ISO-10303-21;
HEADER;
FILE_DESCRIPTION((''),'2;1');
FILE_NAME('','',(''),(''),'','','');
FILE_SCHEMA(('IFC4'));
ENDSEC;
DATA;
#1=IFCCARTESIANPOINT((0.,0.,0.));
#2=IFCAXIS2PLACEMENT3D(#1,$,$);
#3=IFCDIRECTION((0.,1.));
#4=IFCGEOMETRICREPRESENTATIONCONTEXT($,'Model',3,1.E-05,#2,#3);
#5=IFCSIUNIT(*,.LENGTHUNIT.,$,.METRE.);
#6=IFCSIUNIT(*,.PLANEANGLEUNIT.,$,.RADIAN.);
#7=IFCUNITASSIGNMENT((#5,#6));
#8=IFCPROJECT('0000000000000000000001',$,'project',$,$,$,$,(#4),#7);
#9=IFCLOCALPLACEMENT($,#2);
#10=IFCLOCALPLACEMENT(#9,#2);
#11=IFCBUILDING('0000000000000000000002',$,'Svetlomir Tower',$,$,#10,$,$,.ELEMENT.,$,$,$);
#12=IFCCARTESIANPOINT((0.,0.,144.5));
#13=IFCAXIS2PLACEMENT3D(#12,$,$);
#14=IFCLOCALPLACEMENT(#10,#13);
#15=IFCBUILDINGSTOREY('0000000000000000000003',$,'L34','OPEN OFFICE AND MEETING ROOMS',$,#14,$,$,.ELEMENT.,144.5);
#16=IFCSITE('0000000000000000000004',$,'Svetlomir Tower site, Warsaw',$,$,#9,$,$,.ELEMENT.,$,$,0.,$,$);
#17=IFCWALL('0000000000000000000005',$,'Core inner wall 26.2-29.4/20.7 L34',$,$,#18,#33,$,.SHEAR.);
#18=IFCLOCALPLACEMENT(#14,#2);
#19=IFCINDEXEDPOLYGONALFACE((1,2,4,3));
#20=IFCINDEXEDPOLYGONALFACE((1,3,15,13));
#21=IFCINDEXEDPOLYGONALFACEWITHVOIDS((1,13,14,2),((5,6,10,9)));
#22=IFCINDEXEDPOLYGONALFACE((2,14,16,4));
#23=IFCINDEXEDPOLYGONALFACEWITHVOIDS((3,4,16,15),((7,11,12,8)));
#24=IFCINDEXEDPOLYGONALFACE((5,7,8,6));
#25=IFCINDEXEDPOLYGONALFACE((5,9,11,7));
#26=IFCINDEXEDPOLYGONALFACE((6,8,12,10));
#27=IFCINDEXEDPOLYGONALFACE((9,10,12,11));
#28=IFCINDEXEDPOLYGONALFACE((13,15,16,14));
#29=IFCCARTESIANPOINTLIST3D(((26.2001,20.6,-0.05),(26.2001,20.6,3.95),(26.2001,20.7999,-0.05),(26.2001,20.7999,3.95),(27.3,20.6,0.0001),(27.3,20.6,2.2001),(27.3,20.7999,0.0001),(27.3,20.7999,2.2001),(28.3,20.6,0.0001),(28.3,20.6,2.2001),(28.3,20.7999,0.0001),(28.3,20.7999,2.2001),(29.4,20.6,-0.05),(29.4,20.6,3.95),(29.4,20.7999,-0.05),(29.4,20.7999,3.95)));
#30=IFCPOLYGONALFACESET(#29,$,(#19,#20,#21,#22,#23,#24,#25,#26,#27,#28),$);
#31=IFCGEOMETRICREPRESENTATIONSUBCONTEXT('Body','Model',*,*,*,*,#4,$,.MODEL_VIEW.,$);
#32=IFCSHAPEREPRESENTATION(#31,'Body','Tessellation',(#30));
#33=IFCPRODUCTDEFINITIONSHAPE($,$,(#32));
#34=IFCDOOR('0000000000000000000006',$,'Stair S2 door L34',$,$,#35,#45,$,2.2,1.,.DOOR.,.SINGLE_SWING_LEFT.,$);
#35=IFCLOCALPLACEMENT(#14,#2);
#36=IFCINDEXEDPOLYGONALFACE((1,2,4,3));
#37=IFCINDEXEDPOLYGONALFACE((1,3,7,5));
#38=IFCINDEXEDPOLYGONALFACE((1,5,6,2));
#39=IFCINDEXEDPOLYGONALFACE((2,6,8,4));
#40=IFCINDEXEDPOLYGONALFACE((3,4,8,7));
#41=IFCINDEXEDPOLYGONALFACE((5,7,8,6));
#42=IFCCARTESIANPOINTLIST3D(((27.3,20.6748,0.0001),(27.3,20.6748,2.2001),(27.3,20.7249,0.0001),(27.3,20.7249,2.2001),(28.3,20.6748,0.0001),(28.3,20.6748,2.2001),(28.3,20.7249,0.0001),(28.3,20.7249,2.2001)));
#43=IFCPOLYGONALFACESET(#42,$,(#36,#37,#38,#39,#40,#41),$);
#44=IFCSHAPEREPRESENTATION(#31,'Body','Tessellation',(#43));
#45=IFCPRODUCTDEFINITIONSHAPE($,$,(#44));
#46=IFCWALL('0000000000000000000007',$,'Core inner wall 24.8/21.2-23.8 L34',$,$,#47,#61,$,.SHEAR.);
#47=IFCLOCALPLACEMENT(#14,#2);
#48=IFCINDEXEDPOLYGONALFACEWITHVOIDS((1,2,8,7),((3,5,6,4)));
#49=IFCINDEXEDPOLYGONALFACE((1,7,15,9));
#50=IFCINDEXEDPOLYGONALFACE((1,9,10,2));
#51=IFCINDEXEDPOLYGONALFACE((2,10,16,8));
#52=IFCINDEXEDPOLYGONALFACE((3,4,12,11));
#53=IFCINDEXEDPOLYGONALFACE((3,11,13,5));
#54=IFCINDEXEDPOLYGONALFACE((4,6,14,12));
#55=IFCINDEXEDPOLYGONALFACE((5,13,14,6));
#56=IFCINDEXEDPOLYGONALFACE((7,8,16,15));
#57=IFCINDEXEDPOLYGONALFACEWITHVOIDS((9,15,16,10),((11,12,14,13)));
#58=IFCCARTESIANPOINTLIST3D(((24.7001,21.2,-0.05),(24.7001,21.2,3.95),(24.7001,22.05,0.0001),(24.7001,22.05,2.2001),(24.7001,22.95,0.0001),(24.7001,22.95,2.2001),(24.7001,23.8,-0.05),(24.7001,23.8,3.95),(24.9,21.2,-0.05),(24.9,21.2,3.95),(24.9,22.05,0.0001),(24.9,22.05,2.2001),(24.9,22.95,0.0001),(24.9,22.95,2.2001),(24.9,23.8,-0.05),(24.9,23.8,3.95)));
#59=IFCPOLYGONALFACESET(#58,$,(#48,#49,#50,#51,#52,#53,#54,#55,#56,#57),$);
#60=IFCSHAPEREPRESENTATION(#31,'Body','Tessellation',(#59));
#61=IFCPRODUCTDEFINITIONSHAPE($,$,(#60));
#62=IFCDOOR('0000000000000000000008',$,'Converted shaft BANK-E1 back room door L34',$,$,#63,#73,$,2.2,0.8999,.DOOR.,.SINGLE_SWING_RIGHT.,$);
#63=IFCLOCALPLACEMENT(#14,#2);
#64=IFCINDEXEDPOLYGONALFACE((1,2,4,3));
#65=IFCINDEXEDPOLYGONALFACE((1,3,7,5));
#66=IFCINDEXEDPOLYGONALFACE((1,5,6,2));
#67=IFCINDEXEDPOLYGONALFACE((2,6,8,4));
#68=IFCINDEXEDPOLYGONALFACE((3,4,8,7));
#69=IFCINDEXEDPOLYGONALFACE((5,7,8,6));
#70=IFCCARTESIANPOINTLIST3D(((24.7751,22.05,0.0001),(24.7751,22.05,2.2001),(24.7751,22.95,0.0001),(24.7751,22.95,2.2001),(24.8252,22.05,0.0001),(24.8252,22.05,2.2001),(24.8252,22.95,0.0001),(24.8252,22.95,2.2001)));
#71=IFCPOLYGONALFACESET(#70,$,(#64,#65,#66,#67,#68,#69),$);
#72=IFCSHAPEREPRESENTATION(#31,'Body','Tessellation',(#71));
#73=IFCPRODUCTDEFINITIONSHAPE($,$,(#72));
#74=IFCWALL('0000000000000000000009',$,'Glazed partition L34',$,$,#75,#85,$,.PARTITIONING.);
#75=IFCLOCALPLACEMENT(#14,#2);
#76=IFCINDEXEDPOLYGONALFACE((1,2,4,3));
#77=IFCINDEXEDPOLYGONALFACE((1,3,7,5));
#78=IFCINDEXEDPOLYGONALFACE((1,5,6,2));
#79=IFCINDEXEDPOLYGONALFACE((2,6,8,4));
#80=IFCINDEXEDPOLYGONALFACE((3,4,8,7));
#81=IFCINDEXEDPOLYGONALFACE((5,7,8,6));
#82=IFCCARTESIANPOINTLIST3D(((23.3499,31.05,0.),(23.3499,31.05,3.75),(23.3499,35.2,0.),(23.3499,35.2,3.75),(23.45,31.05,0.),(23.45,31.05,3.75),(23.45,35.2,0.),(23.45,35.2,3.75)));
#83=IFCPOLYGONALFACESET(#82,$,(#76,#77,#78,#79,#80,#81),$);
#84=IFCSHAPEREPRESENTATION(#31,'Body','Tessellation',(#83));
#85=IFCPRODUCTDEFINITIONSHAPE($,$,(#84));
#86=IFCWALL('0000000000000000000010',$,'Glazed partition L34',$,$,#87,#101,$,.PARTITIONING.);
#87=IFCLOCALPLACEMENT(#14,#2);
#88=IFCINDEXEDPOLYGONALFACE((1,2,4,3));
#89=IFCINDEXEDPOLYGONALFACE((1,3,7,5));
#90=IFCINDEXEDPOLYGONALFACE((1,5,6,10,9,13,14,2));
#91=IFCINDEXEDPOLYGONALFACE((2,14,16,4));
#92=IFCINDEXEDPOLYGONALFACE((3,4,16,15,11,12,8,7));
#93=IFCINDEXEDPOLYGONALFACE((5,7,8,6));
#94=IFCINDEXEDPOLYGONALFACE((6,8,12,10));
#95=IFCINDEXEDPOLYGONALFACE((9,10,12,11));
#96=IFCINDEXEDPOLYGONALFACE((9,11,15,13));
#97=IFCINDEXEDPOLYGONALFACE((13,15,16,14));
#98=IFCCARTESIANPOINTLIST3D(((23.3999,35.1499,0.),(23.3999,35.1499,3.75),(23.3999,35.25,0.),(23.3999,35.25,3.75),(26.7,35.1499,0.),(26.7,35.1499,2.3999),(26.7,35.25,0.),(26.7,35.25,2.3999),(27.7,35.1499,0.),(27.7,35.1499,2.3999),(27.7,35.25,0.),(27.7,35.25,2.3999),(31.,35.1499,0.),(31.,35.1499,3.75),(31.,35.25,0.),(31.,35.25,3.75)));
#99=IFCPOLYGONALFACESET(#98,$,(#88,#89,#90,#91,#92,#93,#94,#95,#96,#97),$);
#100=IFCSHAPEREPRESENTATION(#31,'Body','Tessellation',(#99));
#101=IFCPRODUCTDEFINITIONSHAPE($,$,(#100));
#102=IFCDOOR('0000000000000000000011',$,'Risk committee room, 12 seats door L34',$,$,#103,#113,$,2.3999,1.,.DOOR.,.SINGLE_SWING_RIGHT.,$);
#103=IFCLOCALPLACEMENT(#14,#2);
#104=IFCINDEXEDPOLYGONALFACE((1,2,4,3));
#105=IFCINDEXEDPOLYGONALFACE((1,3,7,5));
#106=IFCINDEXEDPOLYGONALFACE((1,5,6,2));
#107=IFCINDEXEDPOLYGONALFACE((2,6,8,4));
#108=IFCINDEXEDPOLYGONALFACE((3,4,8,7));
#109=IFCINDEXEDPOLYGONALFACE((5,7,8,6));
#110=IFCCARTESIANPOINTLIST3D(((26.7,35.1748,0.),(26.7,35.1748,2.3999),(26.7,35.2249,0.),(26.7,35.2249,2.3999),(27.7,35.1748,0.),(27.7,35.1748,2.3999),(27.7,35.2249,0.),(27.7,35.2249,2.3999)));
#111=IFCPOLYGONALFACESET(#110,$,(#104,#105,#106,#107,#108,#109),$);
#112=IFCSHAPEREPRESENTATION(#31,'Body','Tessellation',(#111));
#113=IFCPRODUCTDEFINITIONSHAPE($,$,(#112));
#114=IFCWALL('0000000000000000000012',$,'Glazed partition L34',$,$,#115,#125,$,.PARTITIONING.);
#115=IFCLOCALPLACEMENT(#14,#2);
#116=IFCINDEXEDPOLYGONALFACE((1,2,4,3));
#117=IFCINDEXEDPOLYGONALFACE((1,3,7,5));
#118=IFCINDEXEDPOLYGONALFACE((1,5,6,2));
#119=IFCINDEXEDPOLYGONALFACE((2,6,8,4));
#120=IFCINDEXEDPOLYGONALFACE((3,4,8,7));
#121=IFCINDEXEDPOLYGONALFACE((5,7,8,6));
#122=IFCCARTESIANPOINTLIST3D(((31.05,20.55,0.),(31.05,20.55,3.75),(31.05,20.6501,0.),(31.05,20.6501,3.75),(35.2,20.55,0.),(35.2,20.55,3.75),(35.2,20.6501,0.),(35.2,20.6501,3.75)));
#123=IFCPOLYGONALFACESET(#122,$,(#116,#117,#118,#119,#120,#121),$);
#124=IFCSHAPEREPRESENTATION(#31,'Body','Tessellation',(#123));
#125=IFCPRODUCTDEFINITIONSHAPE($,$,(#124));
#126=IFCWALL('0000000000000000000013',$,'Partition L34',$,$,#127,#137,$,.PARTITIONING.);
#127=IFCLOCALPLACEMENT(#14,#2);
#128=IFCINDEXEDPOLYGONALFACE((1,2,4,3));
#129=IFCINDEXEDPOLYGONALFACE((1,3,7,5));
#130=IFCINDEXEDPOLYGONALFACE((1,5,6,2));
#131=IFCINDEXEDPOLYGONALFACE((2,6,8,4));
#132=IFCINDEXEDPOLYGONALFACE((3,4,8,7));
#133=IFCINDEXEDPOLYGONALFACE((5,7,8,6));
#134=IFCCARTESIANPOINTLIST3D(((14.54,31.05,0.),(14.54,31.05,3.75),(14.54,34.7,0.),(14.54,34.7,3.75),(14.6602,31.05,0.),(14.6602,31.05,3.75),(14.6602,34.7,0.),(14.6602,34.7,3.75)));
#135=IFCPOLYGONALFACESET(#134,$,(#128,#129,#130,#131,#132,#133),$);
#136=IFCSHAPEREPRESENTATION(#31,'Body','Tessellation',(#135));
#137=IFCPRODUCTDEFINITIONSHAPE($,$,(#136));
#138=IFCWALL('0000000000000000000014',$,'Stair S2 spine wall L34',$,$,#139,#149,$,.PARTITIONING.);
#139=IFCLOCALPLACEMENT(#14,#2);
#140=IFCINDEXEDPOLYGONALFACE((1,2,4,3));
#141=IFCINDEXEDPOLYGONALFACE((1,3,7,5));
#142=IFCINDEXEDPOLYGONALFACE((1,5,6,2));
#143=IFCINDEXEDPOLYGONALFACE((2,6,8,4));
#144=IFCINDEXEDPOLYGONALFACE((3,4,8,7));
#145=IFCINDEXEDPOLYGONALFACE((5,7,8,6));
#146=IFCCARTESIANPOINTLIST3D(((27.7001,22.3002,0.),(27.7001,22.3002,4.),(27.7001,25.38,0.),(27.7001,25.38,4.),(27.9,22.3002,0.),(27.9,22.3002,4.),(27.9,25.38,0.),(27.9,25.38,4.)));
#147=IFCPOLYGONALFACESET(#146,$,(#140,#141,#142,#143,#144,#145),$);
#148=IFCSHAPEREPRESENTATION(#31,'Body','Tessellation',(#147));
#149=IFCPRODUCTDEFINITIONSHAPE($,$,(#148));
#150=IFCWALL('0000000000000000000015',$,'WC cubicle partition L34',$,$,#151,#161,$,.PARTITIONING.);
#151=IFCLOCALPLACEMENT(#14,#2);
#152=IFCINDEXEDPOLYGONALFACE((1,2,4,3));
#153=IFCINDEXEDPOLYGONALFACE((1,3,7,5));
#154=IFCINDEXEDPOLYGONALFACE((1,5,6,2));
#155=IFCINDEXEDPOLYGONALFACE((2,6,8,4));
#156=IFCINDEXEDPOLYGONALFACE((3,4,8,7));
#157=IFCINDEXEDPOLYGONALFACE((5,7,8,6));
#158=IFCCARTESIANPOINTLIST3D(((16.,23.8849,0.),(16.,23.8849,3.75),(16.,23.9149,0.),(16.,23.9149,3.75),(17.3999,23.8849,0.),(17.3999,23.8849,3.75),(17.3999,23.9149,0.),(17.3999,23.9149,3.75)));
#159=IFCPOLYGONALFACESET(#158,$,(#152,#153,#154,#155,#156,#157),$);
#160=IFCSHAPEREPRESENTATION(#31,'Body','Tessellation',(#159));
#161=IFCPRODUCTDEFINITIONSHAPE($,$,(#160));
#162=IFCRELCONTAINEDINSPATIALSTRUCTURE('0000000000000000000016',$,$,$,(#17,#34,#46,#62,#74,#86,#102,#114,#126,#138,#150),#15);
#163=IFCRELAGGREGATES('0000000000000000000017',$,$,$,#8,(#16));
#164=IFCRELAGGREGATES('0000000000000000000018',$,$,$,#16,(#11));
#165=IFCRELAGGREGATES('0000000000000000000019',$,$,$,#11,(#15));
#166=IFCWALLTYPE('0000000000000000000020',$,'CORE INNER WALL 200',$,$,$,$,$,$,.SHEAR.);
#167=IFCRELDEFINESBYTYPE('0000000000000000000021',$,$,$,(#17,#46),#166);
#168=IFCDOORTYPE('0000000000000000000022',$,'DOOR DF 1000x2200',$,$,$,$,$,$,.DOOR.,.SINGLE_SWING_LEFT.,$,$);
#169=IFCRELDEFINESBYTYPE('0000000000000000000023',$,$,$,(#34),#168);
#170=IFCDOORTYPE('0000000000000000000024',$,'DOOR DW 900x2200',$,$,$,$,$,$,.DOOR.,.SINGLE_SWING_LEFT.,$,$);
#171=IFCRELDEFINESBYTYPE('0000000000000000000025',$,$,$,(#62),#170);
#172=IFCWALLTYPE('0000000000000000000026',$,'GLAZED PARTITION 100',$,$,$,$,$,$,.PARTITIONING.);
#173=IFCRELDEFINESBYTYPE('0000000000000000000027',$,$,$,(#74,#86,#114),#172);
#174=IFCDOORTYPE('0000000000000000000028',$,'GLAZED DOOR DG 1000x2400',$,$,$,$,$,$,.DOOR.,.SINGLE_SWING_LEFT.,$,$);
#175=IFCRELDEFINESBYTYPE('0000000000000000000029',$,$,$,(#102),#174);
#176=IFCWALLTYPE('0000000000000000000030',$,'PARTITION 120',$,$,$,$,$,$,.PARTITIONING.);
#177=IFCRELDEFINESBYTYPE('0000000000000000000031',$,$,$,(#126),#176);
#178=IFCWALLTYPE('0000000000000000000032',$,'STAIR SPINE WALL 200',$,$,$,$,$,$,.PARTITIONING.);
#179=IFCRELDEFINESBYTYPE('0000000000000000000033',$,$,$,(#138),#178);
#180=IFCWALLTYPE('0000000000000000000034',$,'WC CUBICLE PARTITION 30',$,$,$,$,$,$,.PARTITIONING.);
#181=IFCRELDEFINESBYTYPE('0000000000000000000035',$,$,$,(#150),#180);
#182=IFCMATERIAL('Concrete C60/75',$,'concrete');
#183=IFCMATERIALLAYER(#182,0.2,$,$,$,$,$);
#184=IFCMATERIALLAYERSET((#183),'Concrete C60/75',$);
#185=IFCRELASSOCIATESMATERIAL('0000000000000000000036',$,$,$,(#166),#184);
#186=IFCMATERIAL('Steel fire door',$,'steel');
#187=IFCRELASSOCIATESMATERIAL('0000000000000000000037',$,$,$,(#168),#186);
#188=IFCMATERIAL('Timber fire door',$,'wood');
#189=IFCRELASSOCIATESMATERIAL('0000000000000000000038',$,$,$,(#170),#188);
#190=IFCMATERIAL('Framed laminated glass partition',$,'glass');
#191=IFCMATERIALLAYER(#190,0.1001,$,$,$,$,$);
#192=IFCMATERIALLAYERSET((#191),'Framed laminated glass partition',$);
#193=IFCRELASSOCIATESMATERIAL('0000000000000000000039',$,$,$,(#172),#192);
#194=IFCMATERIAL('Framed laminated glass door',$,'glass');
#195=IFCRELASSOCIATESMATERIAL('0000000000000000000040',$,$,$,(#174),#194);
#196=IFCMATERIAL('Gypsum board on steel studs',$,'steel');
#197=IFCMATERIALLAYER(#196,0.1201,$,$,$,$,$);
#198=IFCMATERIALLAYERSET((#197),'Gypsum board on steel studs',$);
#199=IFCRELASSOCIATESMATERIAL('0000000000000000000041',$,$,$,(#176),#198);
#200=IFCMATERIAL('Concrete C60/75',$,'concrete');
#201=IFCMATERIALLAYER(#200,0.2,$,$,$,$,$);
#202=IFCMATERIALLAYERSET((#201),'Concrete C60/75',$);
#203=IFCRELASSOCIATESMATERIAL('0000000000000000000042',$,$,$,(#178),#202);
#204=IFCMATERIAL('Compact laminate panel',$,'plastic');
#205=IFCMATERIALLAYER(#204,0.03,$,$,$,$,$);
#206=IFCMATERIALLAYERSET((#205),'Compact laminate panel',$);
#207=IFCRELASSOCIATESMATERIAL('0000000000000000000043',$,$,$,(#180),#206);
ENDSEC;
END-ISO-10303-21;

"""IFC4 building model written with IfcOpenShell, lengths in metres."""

from ifc_helpers import new_model, si_unit, direction, frame, frame_2d, origin, place, context, subcontext, project, spatial, rectangle, extrude, material, layer, layer_set, type_object, element, fill, save


model = new_model("IFC4")

# Units and contexts
model_context = context("Model", 3, precision=1e-05, world=origin(), true_north=direction((0.0, 1.0)))
body_context = subcontext(model_context, "Body", "Model", "MODEL_VIEW")
ifc_project = project(units=[si_unit("LENGTHUNIT", "METRE"), si_unit("PLANEANGLEUNIT", "RADIAN")], contexts=[model_context])

# Site, building, storey
site_placement = place(None, origin())
site = spatial("IfcSite", under=ifc_project, at=site_placement, Name="Svetlomir Tower site, Warsaw", CompositionType="ELEMENT", RefElevation=0.0)
building_placement = place(site_placement, origin())
building = spatial("IfcBuilding", under=site, at=building_placement, Name="Svetlomir Tower", CompositionType="ELEMENT")
storey_placement = place(building_placement, frame((0.0, 0.0, 144.5)))
storey = spatial("IfcBuildingStorey", under=building, at=storey_placement, Name="L34", Description="OPEN OFFICE AND MEETING ROOMS", CompositionType="ELEMENT", Elevation=144.5)

# Shared definitions
ifc_material_1 = material(Name="Concrete C60/75", Category="concrete")
ifc_layer_1 = layer(ifc_material_1, 0.2)
ifc_layer_set_1 = layer_set([ifc_layer_1], Name="Concrete C60/75")
wall_type_1 = type_object("IfcWallType", Name="CORE INNER WALL 200", PredefinedType="SHEAR", material=ifc_layer_set_1)

# Walls, openings, doors
wall_1_placement = place(storey_placement, frame((26.2, 20.7, -0.05), z_axis=(0.0, 0.0, 1.0), x_axis=(1.0, 0.0, 0.0)))
wall_1 = element("IfcWall", 1, at=wall_1_placement, inside=storey, type_object=wall_type_1, Name="Core inner wall 26.2-29.4/20.7 L34", PredefinedType="SHEAR", context=body_context, shape_type="SweptSolid", body=[
    extrude(rectangle(XDim=3.2, YDim=0.2, at=frame_2d((1.6001, 0.0))), origin(), (0.0, 0.0, 1.0), 4.0),
])
opening_1_placement = place(wall_1_placement, frame((1.1001, 0.0, 0.05)))
opening_1 = element("IfcOpeningElement", 2, at=opening_1_placement, cuts=wall_1, PredefinedType="OPENING", context=body_context, shape_type="SweptSolid", body=[
    extrude(rectangle(XDim=1.0, YDim=2.2, at=frame_2d((0.5, 1.1001))), frame((0.0, 0.1099, 0.0), z_axis=(0.0, -1.0, 0.0), x_axis=(1.0, 0.0, 0.0)), (0.0, 0.0, 1.0), 0.22),
])
ifc_material_2 = material(Name="Steel fire door", Category="steel")
door_type_1 = type_object("IfcDoorType", Name="DOOR DF 1000x2200", OperationType="SINGLE_SWING_LEFT", PredefinedType="DOOR", material=ifc_material_2)
door_1_placement = place(opening_1_placement, origin())
door_1 = element("IfcDoor", 3, at=door_1_placement, inside=storey, type_object=door_type_1, Name="Stair S2 door L34", OperationType="SINGLE_SWING_LEFT", OverallHeight=2.2, OverallWidth=1.0, PredefinedType="DOOR", context=body_context, shape_type="SweptSolid", body=[
    extrude(rectangle(XDim=1.0, YDim=2.2, at=frame_2d((0.5, 1.1001))), frame((0.0, 0.0249, 0.0), z_axis=(0.0, -1.0, 0.0), x_axis=(1.0, 0.0, 0.0)), (0.0, 0.0, 1.0), 0.05),
])
fill(opening_1, door_1)
wall_2_placement = place(storey_placement, frame((24.8, 21.2, -0.05), z_axis=(0.0, 0.0, 1.0), x_axis=(0.0, 1.0, 0.0)))
wall_2 = element("IfcWall", 4, at=wall_2_placement, inside=storey, type_object=wall_type_1, Name="Core inner wall 24.8/21.2-23.8 L34", PredefinedType="SHEAR", context=body_context, shape_type="SweptSolid", body=[
    extrude(rectangle(XDim=2.6001, YDim=0.2, at=frame_2d((1.3, 0.0))), origin(), (0.0, 0.0, 1.0), 4.0),
])
opening_2_placement = place(wall_2_placement, frame((0.8501, 0.0, 0.05)))
opening_2 = element("IfcOpeningElement", 5, at=opening_2_placement, cuts=wall_2, PredefinedType="OPENING", context=body_context, shape_type="SweptSolid", body=[
    extrude(rectangle(XDim=0.8999, YDim=2.2, at=frame_2d((0.45, 1.1001))), frame((0.0, 0.1099, 0.0), z_axis=(0.0, -1.0, 0.0), x_axis=(1.0, 0.0, 0.0)), (0.0, 0.0, 1.0), 0.22),
])
ifc_material_3 = material(Name="Timber fire door", Category="wood")
door_type_2 = type_object("IfcDoorType", Name="DOOR DW 900x2200", OperationType="SINGLE_SWING_LEFT", PredefinedType="DOOR", material=ifc_material_3)
door_2_placement = place(opening_2_placement, origin())
door_2 = element("IfcDoor", 6, at=door_2_placement, inside=storey, type_object=door_type_2, Name="Converted shaft BANK-E1 back room door L34", OperationType="SINGLE_SWING_RIGHT", OverallHeight=2.2, OverallWidth=0.8999, PredefinedType="DOOR", context=body_context, shape_type="SweptSolid", body=[
    extrude(rectangle(XDim=0.8999, YDim=2.2, at=frame_2d((0.45, 1.1001))), frame((0.0, 0.0249, 0.0), z_axis=(0.0, -1.0, 0.0), x_axis=(1.0, 0.0, 0.0)), (0.0, 0.0, 1.0), 0.05),
])
fill(opening_2, door_2)

# Wall
ifc_material_4 = material(Name="Framed laminated glass partition", Category="glass")
ifc_layer_2 = layer(ifc_material_4, 0.1001)
ifc_layer_set_2 = layer_set([ifc_layer_2], Name="Framed laminated glass partition")
wall_type_2 = type_object("IfcWallType", Name="GLAZED PARTITION 100", PredefinedType="PARTITIONING", material=ifc_layer_set_2)
wall_3_placement = place(storey_placement, frame((23.3999, 31.05, 0.0), z_axis=(0.0, 0.0, 1.0), x_axis=(0.0, 1.0, 0.0)))
element("IfcWall", 7, at=wall_3_placement, inside=storey, type_object=wall_type_2, Name="Glazed partition L34", PredefinedType="PARTITIONING", context=body_context, shape_type="SweptSolid", body=[
    extrude(rectangle(XDim=4.1499, YDim=0.1001, at=frame_2d((2.075, 0.0))), origin(), (0.0, 0.0, 1.0), 3.75),
])

# Wall, opening, door
wall_4_placement = place(storey_placement, frame((23.3999, 35.2, 0.0), z_axis=(0.0, 0.0, 1.0), x_axis=(1.0, 0.0, 0.0)))
wall_4 = element("IfcWall", 8, at=wall_4_placement, inside=storey, type_object=wall_type_2, Name="Glazed partition L34", PredefinedType="PARTITIONING", context=body_context, shape_type="SweptSolid", body=[
    extrude(rectangle(XDim=7.6001, YDim=0.1001, at=frame_2d((3.8, 0.0))), origin(), (0.0, 0.0, 1.0), 3.75),
])
opening_3_placement = place(wall_4_placement, frame((3.3, 0.0, 0.0)))
opening_3 = element("IfcOpeningElement", 9, at=opening_3_placement, cuts=wall_4, PredefinedType="OPENING", context=body_context, shape_type="SweptSolid", body=[
    extrude(rectangle(XDim=1.0, YDim=2.3999, at=frame_2d((0.5, 1.2))), frame((0.0, 0.0601, 0.0), z_axis=(0.0, -1.0, 0.0), x_axis=(1.0, 0.0, 0.0)), (0.0, 0.0, 1.0), 0.1201),
])
ifc_material_5 = material(Name="Framed laminated glass door", Category="glass")
door_type_3 = type_object("IfcDoorType", Name="GLAZED DOOR DG 1000x2400", OperationType="SINGLE_SWING_LEFT", PredefinedType="DOOR", material=ifc_material_5)
door_3_placement = place(opening_3_placement, origin())
door_3 = element("IfcDoor", 10, at=door_3_placement, inside=storey, type_object=door_type_3, Name="Risk committee room, 12 seats door L34", OperationType="SINGLE_SWING_RIGHT", OverallHeight=2.3999, OverallWidth=1.0, PredefinedType="DOOR", context=body_context, shape_type="SweptSolid", body=[
    extrude(rectangle(XDim=1.0, YDim=2.3999, at=frame_2d((0.5, 1.2))), frame((0.0, 0.0249, 0.0), z_axis=(0.0, -1.0, 0.0), x_axis=(1.0, 0.0, 0.0)), (0.0, 0.0, 1.0), 0.05),
])
fill(opening_3, door_3)

# Walls
wall_5_placement = place(storey_placement, frame((31.05, 20.6001, 0.0), z_axis=(0.0, 0.0, 1.0), x_axis=(1.0, 0.0, 0.0)))
element("IfcWall", 11, at=wall_5_placement, inside=storey, type_object=wall_type_2, Name="Glazed partition L34", PredefinedType="PARTITIONING", context=body_context, shape_type="SweptSolid", body=[
    extrude(rectangle(XDim=4.1499, YDim=0.1001, at=frame_2d((2.075, 0.0))), origin(), (0.0, 0.0, 1.0), 3.75),
])
ifc_material_6 = material(Name="Gypsum board on steel studs", Category="steel")
ifc_layer_3 = layer(ifc_material_6, 0.1201)
ifc_layer_set_3 = layer_set([ifc_layer_3], Name="Gypsum board on steel studs")
wall_type_3 = type_object("IfcWallType", Name="PARTITION 120", PredefinedType="PARTITIONING", material=ifc_layer_set_3)
wall_6_placement = place(storey_placement, frame((14.6001, 31.05, 0.0), z_axis=(0.0, 0.0, 1.0), x_axis=(0.0, 1.0, 0.0)))
element("IfcWall", 12, at=wall_6_placement, inside=storey, type_object=wall_type_3, Name="Partition L34", PredefinedType="PARTITIONING", context=body_context, shape_type="SweptSolid", body=[
    extrude(rectangle(XDim=3.6499, YDim=0.1201, at=frame_2d((1.825, 0.0))), origin(), (0.0, 0.0, 1.0), 3.75),
])
ifc_material_7 = material(Name="Concrete C60/75", Category="concrete")
ifc_layer_4 = layer(ifc_material_7, 0.2)
ifc_layer_set_4 = layer_set([ifc_layer_4], Name="Concrete C60/75")
wall_type_4 = type_object("IfcWallType", Name="STAIR SPINE WALL 200", PredefinedType="PARTITIONING", material=ifc_layer_set_4)
wall_7_placement = place(storey_placement, frame((27.8, 22.3, 0.0), z_axis=(0.0, 0.0, 1.0), x_axis=(0.0, 1.0, 0.0)))
element("IfcWall", 13, at=wall_7_placement, inside=storey, type_object=wall_type_4, Name="Stair S2 spine wall L34", PredefinedType="PARTITIONING", context=body_context, shape_type="SweptSolid", body=[
    extrude(rectangle(XDim=3.0798, YDim=0.2, at=frame_2d((1.54, 0.0))), origin(), (0.0, 0.0, 1.0), 4.0),
])
ifc_material_8 = material(Name="Compact laminate panel", Category="plastic")
ifc_layer_5 = layer(ifc_material_8, 0.03)
ifc_layer_set_5 = layer_set([ifc_layer_5], Name="Compact laminate panel")
wall_type_5 = type_object("IfcWallType", Name="WC CUBICLE PARTITION 30", PredefinedType="PARTITIONING", material=ifc_layer_set_5)
wall_8_placement = place(storey_placement, frame((16.0, 23.8999, 0.0), z_axis=(0.0, 0.0, 1.0), x_axis=(1.0, 0.0, 0.0)))
element("IfcWall", 14, at=wall_8_placement, inside=storey, type_object=wall_type_5, Name="WC cubicle partition L34", PredefinedType="PARTITIONING", context=body_context, shape_type="SweptSolid", body=[
    extrude(rectangle(XDim=1.3999, YDim=0.03, at=frame_2d((0.7, 0.0))), origin(), (0.0, 0.0, 1.0), 3.75),
])

save(model, "model.ifc")
